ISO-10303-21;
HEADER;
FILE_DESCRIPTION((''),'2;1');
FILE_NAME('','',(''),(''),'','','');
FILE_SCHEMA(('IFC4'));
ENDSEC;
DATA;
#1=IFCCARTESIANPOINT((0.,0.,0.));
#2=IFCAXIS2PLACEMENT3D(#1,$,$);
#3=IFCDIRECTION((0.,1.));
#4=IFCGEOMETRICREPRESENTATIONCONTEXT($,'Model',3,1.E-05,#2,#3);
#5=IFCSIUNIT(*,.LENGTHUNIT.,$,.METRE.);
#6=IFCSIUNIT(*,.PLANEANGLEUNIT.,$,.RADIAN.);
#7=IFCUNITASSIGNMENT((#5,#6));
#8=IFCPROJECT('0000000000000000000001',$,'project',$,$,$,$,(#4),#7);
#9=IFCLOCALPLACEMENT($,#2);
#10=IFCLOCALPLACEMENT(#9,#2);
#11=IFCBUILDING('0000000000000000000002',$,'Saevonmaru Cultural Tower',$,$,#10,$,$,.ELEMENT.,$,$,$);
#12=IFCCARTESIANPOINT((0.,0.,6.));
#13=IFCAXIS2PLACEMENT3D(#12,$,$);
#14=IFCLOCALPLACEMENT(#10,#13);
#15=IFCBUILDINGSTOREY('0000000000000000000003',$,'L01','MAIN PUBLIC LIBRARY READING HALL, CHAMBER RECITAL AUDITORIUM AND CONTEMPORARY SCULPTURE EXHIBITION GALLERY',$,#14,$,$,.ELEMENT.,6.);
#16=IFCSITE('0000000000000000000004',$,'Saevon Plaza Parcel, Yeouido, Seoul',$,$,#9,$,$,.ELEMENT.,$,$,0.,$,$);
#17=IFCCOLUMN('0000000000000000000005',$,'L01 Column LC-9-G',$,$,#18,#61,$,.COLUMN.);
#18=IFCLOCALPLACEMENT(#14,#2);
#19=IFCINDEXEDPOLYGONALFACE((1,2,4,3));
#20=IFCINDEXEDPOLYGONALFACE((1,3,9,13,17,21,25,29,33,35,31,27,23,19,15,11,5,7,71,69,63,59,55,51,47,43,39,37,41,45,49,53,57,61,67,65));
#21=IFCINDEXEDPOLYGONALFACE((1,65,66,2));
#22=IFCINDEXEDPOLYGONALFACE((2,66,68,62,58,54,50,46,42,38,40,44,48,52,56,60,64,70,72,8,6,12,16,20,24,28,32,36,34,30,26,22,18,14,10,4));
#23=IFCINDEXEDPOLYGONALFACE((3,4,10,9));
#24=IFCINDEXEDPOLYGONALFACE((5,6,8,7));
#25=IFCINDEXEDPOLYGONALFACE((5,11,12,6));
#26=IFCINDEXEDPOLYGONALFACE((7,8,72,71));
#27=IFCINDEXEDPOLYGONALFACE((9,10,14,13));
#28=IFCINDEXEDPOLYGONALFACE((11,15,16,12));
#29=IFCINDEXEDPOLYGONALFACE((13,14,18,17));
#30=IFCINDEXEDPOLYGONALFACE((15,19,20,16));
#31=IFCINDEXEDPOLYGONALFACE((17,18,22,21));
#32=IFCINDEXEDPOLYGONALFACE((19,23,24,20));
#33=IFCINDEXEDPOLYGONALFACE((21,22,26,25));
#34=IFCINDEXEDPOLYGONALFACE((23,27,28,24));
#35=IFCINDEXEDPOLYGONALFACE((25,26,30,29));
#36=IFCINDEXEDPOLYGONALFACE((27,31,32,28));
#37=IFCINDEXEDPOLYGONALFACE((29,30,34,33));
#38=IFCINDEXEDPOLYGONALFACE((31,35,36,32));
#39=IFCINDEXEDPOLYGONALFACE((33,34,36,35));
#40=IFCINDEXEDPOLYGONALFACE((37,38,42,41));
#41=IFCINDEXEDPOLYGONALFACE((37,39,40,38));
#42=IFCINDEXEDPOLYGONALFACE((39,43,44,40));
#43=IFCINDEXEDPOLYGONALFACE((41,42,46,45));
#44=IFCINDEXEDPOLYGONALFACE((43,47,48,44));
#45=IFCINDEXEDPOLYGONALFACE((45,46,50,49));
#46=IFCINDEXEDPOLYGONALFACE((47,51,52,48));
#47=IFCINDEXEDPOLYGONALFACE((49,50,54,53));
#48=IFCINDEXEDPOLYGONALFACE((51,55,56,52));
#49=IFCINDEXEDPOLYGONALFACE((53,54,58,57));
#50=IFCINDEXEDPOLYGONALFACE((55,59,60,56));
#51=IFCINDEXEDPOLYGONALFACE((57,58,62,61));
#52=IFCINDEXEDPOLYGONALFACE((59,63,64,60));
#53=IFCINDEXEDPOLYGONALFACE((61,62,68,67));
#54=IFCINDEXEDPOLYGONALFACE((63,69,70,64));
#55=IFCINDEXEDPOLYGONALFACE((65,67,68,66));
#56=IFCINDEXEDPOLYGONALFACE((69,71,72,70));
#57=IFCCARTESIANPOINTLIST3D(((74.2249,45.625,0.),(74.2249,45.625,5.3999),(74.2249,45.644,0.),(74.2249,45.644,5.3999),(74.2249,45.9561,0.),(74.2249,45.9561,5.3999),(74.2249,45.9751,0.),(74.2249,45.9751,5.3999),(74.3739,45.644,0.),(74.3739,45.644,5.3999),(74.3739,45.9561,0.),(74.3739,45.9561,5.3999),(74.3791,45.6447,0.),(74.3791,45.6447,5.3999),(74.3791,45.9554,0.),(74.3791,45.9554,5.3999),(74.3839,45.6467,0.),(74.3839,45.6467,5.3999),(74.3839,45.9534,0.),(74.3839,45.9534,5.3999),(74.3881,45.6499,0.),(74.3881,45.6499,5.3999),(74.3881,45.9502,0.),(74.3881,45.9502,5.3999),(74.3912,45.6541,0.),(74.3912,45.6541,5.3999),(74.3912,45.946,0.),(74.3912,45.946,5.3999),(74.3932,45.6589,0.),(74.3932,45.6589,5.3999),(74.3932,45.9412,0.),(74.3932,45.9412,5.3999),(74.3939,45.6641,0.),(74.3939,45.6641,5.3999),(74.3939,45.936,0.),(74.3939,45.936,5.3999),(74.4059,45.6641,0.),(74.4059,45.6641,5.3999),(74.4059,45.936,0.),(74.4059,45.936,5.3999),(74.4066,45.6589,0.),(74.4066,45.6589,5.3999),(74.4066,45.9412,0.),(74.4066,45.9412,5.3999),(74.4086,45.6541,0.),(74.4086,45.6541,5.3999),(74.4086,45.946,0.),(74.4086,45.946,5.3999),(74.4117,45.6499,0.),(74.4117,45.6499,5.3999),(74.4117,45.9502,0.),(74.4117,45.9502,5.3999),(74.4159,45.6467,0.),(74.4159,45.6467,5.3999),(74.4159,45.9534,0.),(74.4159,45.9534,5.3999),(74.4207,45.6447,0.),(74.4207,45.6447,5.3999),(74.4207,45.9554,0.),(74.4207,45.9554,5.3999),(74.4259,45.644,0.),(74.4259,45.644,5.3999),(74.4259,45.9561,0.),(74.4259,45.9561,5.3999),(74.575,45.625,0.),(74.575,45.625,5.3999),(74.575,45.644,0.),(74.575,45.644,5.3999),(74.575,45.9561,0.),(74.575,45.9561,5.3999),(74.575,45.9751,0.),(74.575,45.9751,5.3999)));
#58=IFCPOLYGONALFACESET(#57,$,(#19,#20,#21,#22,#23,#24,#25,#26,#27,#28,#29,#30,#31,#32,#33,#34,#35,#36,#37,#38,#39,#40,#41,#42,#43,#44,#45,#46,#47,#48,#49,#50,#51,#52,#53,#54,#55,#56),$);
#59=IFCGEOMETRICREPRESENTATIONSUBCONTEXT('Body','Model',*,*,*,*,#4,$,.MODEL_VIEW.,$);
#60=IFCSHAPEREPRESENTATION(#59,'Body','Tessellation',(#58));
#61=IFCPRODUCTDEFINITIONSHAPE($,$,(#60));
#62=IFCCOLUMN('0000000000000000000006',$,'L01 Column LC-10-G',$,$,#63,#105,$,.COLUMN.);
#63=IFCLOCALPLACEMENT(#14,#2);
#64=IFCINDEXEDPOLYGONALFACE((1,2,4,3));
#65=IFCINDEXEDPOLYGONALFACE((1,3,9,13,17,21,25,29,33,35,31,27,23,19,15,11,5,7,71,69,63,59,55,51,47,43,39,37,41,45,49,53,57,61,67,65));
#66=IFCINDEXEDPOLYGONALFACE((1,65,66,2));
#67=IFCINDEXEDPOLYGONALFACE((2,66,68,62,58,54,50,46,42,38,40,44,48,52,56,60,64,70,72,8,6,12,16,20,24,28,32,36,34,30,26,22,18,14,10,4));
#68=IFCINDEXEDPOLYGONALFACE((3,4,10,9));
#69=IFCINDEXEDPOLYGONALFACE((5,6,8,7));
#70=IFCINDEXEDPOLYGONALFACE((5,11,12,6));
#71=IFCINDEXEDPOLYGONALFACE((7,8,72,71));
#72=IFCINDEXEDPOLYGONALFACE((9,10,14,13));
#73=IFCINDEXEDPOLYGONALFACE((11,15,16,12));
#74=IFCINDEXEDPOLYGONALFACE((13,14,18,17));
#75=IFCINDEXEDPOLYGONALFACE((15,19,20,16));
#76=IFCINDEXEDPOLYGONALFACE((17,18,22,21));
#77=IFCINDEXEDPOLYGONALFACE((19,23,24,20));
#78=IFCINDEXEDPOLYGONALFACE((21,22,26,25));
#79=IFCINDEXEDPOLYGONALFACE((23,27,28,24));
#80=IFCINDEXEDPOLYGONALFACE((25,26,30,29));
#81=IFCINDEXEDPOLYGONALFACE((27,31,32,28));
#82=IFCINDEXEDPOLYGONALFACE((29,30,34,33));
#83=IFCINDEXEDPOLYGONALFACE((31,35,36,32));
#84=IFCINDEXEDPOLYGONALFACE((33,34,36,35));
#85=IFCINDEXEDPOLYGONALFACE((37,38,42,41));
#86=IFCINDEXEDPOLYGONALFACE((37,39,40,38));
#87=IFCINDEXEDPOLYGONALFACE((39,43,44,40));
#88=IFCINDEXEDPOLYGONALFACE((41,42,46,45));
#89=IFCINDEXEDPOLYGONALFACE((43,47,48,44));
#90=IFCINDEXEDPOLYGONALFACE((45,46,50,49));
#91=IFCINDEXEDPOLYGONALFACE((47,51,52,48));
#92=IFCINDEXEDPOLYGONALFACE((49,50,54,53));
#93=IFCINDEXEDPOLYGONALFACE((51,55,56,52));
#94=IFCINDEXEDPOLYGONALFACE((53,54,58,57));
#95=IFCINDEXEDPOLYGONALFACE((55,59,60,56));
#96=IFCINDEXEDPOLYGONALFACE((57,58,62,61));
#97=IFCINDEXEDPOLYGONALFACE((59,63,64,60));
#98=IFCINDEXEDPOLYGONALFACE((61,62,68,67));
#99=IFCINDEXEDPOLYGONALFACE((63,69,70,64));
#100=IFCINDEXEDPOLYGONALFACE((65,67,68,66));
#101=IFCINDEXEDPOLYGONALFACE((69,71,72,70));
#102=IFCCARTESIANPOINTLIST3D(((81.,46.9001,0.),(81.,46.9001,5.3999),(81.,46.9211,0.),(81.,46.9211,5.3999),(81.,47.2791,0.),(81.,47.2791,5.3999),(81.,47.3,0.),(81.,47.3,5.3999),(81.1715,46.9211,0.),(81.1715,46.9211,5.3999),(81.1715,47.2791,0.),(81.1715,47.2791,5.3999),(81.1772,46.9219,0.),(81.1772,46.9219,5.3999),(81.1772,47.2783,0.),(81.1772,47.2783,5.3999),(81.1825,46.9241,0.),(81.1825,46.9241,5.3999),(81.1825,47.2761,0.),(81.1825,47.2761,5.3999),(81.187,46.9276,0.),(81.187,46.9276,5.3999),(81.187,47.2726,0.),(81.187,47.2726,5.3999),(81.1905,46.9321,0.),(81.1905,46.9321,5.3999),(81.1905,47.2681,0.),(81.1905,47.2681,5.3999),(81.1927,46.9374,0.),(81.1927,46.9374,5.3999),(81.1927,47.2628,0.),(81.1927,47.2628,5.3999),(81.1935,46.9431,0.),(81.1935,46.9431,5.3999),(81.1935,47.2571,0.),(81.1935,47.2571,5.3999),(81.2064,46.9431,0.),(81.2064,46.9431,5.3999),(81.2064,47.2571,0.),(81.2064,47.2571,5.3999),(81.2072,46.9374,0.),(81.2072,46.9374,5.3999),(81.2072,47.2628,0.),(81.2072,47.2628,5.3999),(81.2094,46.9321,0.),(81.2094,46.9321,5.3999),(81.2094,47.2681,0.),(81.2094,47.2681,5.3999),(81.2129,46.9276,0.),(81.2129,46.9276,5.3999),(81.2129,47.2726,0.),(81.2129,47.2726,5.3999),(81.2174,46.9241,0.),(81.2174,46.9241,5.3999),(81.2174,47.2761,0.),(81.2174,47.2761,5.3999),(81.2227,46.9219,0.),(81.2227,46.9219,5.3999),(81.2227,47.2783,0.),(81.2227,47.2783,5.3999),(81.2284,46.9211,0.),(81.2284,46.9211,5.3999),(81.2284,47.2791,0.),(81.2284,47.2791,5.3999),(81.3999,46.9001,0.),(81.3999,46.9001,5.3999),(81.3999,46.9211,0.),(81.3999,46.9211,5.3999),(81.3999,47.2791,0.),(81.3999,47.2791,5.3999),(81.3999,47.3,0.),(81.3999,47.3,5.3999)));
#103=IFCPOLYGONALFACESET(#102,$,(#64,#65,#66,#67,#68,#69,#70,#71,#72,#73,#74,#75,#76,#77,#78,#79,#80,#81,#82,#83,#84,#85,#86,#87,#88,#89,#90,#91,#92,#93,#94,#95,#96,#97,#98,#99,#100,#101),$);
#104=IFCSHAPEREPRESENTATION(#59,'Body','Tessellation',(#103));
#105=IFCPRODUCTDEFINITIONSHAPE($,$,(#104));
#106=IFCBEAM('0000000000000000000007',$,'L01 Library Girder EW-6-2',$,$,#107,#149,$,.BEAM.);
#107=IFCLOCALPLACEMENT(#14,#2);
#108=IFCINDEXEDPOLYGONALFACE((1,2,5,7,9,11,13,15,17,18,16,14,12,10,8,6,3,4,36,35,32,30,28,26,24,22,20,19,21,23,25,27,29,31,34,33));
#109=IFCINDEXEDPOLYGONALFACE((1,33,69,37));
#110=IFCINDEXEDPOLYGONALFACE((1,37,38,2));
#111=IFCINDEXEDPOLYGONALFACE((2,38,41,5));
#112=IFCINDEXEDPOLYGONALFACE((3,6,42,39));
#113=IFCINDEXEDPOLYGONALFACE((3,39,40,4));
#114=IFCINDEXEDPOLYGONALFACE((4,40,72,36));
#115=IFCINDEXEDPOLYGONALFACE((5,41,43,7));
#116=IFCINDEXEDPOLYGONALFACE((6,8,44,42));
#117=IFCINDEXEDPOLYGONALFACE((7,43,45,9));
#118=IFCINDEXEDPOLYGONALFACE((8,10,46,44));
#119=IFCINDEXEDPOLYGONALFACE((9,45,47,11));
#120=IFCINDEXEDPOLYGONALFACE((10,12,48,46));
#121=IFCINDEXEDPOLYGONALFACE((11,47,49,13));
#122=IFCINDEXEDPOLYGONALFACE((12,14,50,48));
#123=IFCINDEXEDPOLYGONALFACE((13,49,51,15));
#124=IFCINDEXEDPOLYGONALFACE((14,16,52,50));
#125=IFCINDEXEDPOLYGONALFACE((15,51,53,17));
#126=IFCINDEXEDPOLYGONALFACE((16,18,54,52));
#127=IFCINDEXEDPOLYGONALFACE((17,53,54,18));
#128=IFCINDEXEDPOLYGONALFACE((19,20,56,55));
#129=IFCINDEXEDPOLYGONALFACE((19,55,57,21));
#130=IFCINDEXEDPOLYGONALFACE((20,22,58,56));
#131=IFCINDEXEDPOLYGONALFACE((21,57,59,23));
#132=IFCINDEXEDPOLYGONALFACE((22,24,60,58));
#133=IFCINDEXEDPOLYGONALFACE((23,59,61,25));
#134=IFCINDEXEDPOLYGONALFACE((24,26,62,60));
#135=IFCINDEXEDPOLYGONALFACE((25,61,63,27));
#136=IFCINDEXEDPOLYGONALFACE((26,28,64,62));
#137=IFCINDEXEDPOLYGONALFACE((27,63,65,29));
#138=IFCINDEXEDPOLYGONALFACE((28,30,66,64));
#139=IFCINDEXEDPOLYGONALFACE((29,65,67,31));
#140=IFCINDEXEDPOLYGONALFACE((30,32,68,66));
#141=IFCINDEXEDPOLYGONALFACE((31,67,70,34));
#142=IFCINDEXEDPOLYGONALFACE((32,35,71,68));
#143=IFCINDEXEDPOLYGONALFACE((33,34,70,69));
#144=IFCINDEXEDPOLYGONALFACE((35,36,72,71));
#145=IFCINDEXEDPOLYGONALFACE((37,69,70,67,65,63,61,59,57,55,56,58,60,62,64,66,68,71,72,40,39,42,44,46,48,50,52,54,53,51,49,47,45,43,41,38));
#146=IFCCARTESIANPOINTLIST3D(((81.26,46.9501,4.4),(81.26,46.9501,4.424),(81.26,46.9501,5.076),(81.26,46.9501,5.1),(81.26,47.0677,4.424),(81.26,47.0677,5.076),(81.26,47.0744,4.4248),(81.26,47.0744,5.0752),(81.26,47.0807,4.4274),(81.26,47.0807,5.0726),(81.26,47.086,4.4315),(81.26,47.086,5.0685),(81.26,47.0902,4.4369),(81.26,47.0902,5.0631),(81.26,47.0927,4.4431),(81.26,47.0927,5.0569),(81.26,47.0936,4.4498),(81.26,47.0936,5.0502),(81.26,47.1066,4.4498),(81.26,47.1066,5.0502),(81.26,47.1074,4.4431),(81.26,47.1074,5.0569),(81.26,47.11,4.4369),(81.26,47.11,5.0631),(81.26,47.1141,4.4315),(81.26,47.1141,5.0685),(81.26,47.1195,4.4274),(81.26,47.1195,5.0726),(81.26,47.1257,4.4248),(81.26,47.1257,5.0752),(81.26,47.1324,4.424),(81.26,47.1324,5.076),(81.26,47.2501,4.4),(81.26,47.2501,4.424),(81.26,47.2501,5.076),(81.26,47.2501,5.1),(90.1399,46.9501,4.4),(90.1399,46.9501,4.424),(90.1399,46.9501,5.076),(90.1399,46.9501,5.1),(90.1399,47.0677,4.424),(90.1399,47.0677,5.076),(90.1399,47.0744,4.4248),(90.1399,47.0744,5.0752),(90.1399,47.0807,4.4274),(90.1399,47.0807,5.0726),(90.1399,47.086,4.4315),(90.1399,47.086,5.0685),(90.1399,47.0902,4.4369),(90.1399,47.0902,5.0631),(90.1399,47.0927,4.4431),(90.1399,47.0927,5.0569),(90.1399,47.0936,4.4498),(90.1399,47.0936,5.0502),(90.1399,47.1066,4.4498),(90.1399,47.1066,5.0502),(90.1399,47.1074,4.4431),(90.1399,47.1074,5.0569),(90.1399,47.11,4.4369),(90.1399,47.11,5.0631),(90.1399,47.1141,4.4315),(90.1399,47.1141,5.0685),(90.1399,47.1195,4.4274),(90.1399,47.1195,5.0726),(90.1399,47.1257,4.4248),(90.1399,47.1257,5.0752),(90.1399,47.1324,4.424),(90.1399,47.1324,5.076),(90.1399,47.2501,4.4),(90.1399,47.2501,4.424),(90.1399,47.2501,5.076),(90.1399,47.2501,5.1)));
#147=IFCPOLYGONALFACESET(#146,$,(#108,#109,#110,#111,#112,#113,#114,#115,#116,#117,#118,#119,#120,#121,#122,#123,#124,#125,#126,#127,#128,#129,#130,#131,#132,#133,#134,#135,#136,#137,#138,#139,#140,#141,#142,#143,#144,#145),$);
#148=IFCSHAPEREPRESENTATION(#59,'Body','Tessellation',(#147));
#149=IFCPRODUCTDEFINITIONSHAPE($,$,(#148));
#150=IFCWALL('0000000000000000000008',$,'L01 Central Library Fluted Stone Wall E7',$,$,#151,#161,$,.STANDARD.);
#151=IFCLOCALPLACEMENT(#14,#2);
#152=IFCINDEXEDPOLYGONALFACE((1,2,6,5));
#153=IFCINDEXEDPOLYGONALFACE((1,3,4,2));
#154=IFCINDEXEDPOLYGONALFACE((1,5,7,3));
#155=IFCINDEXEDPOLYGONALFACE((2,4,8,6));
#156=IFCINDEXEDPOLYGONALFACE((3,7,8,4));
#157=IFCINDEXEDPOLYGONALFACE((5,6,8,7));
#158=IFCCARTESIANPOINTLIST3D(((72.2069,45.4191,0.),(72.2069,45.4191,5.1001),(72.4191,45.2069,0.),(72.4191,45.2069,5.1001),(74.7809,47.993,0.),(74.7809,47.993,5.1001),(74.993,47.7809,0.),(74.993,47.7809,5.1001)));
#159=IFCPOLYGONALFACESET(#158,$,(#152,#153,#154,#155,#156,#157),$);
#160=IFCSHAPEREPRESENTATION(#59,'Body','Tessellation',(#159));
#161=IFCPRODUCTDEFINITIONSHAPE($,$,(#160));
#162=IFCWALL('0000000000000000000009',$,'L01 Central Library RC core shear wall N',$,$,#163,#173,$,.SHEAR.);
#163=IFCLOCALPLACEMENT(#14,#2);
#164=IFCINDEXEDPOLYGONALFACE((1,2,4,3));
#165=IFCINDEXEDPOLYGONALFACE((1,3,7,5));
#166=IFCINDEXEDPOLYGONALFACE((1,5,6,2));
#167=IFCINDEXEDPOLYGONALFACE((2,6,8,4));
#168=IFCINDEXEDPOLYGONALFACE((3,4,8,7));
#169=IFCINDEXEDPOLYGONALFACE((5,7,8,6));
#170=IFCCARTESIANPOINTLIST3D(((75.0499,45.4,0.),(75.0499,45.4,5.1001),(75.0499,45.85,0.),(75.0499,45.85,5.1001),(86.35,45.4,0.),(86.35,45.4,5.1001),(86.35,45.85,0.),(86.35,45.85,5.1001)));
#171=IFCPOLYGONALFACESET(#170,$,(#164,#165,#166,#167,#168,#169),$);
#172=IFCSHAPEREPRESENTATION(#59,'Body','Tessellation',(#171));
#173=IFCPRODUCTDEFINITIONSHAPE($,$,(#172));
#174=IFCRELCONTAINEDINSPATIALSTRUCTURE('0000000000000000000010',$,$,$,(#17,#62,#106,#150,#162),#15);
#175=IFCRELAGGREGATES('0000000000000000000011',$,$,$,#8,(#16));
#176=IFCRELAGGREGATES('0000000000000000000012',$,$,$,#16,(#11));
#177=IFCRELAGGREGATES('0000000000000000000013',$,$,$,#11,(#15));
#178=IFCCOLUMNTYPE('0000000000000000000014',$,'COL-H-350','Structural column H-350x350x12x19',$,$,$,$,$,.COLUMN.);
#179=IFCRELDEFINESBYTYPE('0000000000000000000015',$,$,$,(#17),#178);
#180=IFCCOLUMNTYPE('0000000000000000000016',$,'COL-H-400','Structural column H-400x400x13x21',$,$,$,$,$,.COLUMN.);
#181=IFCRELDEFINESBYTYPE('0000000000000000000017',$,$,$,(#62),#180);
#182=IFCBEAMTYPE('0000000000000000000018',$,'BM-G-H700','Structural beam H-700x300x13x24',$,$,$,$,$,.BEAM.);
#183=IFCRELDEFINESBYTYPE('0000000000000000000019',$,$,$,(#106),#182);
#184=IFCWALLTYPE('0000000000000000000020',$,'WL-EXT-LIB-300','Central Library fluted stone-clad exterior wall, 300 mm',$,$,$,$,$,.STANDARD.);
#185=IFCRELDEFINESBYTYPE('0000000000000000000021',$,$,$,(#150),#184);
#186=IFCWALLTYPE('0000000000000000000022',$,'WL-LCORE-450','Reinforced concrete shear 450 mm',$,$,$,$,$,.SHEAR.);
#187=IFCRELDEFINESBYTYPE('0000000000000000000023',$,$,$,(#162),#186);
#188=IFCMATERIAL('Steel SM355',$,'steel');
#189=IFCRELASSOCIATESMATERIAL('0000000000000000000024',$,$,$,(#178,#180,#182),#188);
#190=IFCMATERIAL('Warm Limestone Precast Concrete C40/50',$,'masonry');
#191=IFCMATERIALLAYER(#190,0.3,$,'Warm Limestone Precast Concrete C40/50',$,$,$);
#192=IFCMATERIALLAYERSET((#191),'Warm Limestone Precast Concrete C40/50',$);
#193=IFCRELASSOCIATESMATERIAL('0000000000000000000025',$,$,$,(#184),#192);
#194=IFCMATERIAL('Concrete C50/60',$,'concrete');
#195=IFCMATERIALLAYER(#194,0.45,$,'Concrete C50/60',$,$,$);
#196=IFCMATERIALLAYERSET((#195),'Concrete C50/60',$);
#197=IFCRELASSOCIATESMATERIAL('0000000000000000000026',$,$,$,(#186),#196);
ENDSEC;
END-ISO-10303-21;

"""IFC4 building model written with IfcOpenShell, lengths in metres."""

from ifc_helpers import new_model, si_unit, direction, frame, frame_2d, origin, origin_2d, place, context, subcontext, project, spatial, rectangle, i_section, extrude, material, layer, layer_set, material_profile, profile_set, type_object, element, save


model = new_model("IFC4")

# Units and contexts
model_context = context("Model", 3, precision=1e-05, world=origin(), true_north=direction((0.0, 1.0)))
body_context = subcontext(model_context, "Body", "Model", "MODEL_VIEW")
ifc_project = project(units=[si_unit("LENGTHUNIT", "METRE"), si_unit("PLANEANGLEUNIT", "RADIAN")], contexts=[model_context])

# Site, building, storey
site_placement = place(None, origin())
site = spatial("IfcSite", under=ifc_project, at=site_placement, Name="Saevon Plaza Parcel, Yeouido, Seoul", CompositionType="ELEMENT", RefElevation=0.0)
building_placement = place(site_placement, origin())
building = spatial("IfcBuilding", under=site, at=building_placement, Name="Saevonmaru Cultural Tower", CompositionType="ELEMENT")
storey_placement = place(building_placement, frame((0.0, 0.0, 6.0)))
storey = spatial("IfcBuildingStorey", under=building, at=storey_placement, Name="L01", Description="MAIN PUBLIC LIBRARY READING HALL, CHAMBER RECITAL AUDITORIUM AND CONTEMPORARY SCULPTURE EXHIBITION GALLERY", CompositionType="ELEMENT", Elevation=6.0)

# Columns
ifc_material_1 = material(Name="Steel SM355", Category="steel")
ifc_material_profile_1 = material_profile(ifc_material_1, i_section(OverallWidth=0.3501, OverallDepth=0.3501, WebThickness=0.012, FlangeThickness=0.019, FilletRadius=0.02, at=origin_2d()), Name="H-350x350x12x19")
ifc_profile_set_1 = profile_set([ifc_material_profile_1], Name="Steel SM355")
column_type_1 = type_object("IfcColumnType", Name="COL-H-350", Description="Structural column H-350x350x12x19", PredefinedType="COLUMN", material=ifc_profile_set_1)
column_1_placement = place(storey_placement, frame((74.3999, 45.8, 0.0), z_axis=(0.0, 0.0, 1.0), x_axis=(1.0, 0.0, 0.0)))
element("IfcColumn", 1, at=column_1_placement, inside=storey, type_object=column_type_1, Name="L01 Column LC-9-G", PredefinedType="COLUMN", context=body_context, shape_type="SweptSolid", body=[
    extrude(i_section(OverallWidth=0.3501, OverallDepth=0.3501, WebThickness=0.012, FlangeThickness=0.019, FilletRadius=0.02, at=origin_2d()), origin(), (0.0, 0.0, 1.0), 5.3999),
])
ifc_material_profile_2 = material_profile(ifc_material_1, i_section(OverallWidth=0.3999, OverallDepth=0.3999, WebThickness=0.0129, FlangeThickness=0.021, FilletRadius=0.022, at=origin_2d()), Name="H-400x400x13x21")
ifc_profile_set_2 = profile_set([ifc_material_profile_2], Name="Steel SM355")
column_type_2 = type_object("IfcColumnType", Name="COL-H-400", Description="Structural column H-400x400x13x21", PredefinedType="COLUMN", material=ifc_profile_set_2)
column_2_placement = place(storey_placement, frame((81.2, 47.1001, 0.0), z_axis=(0.0, 0.0, 1.0), x_axis=(1.0, 0.0, 0.0)))
element("IfcColumn", 2, at=column_2_placement, inside=storey, type_object=column_type_2, Name="L01 Column LC-10-G", PredefinedType="COLUMN", context=body_context, shape_type="SweptSolid", body=[
    extrude(i_section(OverallWidth=0.3999, OverallDepth=0.3999, WebThickness=0.0129, FlangeThickness=0.021, FilletRadius=0.022, at=origin_2d()), origin(), (0.0, 0.0, 1.0), 5.3999),
])

# Beam
ifc_material_profile_3 = material_profile(ifc_material_1, i_section(OverallWidth=0.3, OverallDepth=0.7, WebThickness=0.0129, FlangeThickness=0.0239, FilletRadius=0.0259, at=origin_2d()), Name="H-700x300x13x24")
ifc_profile_set_3 = profile_set([ifc_material_profile_3], Name="Steel SM355")
beam_type = type_object("IfcBeamType", Name="BM-G-H700", Description="Structural beam H-700x300x13x24", PredefinedType="BEAM", material=ifc_profile_set_3)
beam_placement = place(storey_placement, frame((81.26, 47.1001, 4.75), z_axis=(1.0, 0.0, 0.0), x_axis=(0.0, 1.0, 0.0)))
element("IfcBeam", 3, at=beam_placement, inside=storey, type_object=beam_type, Name="L01 Library Girder EW-6-2", PredefinedType="BEAM", context=body_context, shape_type="SweptSolid", body=[
    extrude(i_section(OverallWidth=0.3, OverallDepth=0.7, WebThickness=0.0129, FlangeThickness=0.0239, FilletRadius=0.0259, at=origin_2d()), origin(), (0.0, 0.0, 1.0), 8.8799),
])

# Walls
ifc_material_2 = material(Name="Warm Limestone Precast Concrete C40/50", Category="masonry")
ifc_layer_1 = layer(ifc_material_2, 0.3, Name="Warm Limestone Precast Concrete C40/50")
ifc_layer_set_1 = layer_set([ifc_layer_1], Name="Warm Limestone Precast Concrete C40/50")
wall_type_1 = type_object("IfcWallType", Name="WL-EXT-LIB-300", Description="Central Library fluted stone-clad exterior wall, 300 mm", PredefinedType="STANDARD", material=ifc_layer_set_1)
wall_1_placement = place(storey_placement, frame((74.887, 47.887, 0.0), z_axis=(0.0, 0.0, 1.0), x_axis=(-0.707107, -0.707107, 0.0)))
element("IfcWall", 4, at=wall_1_placement, inside=storey, type_object=wall_type_1, Name="L01 Central Library Fluted Stone Wall E7", PredefinedType="STANDARD", context=body_context, shape_type="SweptSolid", body=[
    extrude(rectangle(XDim=3.6401, YDim=0.3, at=frame_2d((1.8201, 0.0))), origin(), (0.0, 0.0, 1.0), 5.1001),
])
ifc_material_3 = material(Name="Concrete C50/60", Category="concrete")
ifc_layer_2 = layer(ifc_material_3, 0.45, Name="Concrete C50/60")
ifc_layer_set_2 = layer_set([ifc_layer_2], Name="Concrete C50/60")
wall_type_2 = type_object("IfcWallType", Name="WL-LCORE-450", Description="Reinforced concrete shear 450 mm", PredefinedType="SHEAR", material=ifc_layer_set_2)
wall_2_placement = place(storey_placement, frame((75.05, 45.625, 0.0), z_axis=(0.0, 0.0, 1.0), x_axis=(1.0, 0.0, 0.0)))
element("IfcWall", 5, at=wall_2_placement, inside=storey, type_object=wall_type_2, Name="L01 Central Library RC core shear wall N", PredefinedType="SHEAR", context=body_context, shape_type="SweptSolid", body=[
    extrude(rectangle(XDim=11.3, YDim=0.45, at=frame_2d((5.6499, 0.0))), origin(), (0.0, 0.0, 1.0), 5.1001),
])

save(model, "model.ifc")
